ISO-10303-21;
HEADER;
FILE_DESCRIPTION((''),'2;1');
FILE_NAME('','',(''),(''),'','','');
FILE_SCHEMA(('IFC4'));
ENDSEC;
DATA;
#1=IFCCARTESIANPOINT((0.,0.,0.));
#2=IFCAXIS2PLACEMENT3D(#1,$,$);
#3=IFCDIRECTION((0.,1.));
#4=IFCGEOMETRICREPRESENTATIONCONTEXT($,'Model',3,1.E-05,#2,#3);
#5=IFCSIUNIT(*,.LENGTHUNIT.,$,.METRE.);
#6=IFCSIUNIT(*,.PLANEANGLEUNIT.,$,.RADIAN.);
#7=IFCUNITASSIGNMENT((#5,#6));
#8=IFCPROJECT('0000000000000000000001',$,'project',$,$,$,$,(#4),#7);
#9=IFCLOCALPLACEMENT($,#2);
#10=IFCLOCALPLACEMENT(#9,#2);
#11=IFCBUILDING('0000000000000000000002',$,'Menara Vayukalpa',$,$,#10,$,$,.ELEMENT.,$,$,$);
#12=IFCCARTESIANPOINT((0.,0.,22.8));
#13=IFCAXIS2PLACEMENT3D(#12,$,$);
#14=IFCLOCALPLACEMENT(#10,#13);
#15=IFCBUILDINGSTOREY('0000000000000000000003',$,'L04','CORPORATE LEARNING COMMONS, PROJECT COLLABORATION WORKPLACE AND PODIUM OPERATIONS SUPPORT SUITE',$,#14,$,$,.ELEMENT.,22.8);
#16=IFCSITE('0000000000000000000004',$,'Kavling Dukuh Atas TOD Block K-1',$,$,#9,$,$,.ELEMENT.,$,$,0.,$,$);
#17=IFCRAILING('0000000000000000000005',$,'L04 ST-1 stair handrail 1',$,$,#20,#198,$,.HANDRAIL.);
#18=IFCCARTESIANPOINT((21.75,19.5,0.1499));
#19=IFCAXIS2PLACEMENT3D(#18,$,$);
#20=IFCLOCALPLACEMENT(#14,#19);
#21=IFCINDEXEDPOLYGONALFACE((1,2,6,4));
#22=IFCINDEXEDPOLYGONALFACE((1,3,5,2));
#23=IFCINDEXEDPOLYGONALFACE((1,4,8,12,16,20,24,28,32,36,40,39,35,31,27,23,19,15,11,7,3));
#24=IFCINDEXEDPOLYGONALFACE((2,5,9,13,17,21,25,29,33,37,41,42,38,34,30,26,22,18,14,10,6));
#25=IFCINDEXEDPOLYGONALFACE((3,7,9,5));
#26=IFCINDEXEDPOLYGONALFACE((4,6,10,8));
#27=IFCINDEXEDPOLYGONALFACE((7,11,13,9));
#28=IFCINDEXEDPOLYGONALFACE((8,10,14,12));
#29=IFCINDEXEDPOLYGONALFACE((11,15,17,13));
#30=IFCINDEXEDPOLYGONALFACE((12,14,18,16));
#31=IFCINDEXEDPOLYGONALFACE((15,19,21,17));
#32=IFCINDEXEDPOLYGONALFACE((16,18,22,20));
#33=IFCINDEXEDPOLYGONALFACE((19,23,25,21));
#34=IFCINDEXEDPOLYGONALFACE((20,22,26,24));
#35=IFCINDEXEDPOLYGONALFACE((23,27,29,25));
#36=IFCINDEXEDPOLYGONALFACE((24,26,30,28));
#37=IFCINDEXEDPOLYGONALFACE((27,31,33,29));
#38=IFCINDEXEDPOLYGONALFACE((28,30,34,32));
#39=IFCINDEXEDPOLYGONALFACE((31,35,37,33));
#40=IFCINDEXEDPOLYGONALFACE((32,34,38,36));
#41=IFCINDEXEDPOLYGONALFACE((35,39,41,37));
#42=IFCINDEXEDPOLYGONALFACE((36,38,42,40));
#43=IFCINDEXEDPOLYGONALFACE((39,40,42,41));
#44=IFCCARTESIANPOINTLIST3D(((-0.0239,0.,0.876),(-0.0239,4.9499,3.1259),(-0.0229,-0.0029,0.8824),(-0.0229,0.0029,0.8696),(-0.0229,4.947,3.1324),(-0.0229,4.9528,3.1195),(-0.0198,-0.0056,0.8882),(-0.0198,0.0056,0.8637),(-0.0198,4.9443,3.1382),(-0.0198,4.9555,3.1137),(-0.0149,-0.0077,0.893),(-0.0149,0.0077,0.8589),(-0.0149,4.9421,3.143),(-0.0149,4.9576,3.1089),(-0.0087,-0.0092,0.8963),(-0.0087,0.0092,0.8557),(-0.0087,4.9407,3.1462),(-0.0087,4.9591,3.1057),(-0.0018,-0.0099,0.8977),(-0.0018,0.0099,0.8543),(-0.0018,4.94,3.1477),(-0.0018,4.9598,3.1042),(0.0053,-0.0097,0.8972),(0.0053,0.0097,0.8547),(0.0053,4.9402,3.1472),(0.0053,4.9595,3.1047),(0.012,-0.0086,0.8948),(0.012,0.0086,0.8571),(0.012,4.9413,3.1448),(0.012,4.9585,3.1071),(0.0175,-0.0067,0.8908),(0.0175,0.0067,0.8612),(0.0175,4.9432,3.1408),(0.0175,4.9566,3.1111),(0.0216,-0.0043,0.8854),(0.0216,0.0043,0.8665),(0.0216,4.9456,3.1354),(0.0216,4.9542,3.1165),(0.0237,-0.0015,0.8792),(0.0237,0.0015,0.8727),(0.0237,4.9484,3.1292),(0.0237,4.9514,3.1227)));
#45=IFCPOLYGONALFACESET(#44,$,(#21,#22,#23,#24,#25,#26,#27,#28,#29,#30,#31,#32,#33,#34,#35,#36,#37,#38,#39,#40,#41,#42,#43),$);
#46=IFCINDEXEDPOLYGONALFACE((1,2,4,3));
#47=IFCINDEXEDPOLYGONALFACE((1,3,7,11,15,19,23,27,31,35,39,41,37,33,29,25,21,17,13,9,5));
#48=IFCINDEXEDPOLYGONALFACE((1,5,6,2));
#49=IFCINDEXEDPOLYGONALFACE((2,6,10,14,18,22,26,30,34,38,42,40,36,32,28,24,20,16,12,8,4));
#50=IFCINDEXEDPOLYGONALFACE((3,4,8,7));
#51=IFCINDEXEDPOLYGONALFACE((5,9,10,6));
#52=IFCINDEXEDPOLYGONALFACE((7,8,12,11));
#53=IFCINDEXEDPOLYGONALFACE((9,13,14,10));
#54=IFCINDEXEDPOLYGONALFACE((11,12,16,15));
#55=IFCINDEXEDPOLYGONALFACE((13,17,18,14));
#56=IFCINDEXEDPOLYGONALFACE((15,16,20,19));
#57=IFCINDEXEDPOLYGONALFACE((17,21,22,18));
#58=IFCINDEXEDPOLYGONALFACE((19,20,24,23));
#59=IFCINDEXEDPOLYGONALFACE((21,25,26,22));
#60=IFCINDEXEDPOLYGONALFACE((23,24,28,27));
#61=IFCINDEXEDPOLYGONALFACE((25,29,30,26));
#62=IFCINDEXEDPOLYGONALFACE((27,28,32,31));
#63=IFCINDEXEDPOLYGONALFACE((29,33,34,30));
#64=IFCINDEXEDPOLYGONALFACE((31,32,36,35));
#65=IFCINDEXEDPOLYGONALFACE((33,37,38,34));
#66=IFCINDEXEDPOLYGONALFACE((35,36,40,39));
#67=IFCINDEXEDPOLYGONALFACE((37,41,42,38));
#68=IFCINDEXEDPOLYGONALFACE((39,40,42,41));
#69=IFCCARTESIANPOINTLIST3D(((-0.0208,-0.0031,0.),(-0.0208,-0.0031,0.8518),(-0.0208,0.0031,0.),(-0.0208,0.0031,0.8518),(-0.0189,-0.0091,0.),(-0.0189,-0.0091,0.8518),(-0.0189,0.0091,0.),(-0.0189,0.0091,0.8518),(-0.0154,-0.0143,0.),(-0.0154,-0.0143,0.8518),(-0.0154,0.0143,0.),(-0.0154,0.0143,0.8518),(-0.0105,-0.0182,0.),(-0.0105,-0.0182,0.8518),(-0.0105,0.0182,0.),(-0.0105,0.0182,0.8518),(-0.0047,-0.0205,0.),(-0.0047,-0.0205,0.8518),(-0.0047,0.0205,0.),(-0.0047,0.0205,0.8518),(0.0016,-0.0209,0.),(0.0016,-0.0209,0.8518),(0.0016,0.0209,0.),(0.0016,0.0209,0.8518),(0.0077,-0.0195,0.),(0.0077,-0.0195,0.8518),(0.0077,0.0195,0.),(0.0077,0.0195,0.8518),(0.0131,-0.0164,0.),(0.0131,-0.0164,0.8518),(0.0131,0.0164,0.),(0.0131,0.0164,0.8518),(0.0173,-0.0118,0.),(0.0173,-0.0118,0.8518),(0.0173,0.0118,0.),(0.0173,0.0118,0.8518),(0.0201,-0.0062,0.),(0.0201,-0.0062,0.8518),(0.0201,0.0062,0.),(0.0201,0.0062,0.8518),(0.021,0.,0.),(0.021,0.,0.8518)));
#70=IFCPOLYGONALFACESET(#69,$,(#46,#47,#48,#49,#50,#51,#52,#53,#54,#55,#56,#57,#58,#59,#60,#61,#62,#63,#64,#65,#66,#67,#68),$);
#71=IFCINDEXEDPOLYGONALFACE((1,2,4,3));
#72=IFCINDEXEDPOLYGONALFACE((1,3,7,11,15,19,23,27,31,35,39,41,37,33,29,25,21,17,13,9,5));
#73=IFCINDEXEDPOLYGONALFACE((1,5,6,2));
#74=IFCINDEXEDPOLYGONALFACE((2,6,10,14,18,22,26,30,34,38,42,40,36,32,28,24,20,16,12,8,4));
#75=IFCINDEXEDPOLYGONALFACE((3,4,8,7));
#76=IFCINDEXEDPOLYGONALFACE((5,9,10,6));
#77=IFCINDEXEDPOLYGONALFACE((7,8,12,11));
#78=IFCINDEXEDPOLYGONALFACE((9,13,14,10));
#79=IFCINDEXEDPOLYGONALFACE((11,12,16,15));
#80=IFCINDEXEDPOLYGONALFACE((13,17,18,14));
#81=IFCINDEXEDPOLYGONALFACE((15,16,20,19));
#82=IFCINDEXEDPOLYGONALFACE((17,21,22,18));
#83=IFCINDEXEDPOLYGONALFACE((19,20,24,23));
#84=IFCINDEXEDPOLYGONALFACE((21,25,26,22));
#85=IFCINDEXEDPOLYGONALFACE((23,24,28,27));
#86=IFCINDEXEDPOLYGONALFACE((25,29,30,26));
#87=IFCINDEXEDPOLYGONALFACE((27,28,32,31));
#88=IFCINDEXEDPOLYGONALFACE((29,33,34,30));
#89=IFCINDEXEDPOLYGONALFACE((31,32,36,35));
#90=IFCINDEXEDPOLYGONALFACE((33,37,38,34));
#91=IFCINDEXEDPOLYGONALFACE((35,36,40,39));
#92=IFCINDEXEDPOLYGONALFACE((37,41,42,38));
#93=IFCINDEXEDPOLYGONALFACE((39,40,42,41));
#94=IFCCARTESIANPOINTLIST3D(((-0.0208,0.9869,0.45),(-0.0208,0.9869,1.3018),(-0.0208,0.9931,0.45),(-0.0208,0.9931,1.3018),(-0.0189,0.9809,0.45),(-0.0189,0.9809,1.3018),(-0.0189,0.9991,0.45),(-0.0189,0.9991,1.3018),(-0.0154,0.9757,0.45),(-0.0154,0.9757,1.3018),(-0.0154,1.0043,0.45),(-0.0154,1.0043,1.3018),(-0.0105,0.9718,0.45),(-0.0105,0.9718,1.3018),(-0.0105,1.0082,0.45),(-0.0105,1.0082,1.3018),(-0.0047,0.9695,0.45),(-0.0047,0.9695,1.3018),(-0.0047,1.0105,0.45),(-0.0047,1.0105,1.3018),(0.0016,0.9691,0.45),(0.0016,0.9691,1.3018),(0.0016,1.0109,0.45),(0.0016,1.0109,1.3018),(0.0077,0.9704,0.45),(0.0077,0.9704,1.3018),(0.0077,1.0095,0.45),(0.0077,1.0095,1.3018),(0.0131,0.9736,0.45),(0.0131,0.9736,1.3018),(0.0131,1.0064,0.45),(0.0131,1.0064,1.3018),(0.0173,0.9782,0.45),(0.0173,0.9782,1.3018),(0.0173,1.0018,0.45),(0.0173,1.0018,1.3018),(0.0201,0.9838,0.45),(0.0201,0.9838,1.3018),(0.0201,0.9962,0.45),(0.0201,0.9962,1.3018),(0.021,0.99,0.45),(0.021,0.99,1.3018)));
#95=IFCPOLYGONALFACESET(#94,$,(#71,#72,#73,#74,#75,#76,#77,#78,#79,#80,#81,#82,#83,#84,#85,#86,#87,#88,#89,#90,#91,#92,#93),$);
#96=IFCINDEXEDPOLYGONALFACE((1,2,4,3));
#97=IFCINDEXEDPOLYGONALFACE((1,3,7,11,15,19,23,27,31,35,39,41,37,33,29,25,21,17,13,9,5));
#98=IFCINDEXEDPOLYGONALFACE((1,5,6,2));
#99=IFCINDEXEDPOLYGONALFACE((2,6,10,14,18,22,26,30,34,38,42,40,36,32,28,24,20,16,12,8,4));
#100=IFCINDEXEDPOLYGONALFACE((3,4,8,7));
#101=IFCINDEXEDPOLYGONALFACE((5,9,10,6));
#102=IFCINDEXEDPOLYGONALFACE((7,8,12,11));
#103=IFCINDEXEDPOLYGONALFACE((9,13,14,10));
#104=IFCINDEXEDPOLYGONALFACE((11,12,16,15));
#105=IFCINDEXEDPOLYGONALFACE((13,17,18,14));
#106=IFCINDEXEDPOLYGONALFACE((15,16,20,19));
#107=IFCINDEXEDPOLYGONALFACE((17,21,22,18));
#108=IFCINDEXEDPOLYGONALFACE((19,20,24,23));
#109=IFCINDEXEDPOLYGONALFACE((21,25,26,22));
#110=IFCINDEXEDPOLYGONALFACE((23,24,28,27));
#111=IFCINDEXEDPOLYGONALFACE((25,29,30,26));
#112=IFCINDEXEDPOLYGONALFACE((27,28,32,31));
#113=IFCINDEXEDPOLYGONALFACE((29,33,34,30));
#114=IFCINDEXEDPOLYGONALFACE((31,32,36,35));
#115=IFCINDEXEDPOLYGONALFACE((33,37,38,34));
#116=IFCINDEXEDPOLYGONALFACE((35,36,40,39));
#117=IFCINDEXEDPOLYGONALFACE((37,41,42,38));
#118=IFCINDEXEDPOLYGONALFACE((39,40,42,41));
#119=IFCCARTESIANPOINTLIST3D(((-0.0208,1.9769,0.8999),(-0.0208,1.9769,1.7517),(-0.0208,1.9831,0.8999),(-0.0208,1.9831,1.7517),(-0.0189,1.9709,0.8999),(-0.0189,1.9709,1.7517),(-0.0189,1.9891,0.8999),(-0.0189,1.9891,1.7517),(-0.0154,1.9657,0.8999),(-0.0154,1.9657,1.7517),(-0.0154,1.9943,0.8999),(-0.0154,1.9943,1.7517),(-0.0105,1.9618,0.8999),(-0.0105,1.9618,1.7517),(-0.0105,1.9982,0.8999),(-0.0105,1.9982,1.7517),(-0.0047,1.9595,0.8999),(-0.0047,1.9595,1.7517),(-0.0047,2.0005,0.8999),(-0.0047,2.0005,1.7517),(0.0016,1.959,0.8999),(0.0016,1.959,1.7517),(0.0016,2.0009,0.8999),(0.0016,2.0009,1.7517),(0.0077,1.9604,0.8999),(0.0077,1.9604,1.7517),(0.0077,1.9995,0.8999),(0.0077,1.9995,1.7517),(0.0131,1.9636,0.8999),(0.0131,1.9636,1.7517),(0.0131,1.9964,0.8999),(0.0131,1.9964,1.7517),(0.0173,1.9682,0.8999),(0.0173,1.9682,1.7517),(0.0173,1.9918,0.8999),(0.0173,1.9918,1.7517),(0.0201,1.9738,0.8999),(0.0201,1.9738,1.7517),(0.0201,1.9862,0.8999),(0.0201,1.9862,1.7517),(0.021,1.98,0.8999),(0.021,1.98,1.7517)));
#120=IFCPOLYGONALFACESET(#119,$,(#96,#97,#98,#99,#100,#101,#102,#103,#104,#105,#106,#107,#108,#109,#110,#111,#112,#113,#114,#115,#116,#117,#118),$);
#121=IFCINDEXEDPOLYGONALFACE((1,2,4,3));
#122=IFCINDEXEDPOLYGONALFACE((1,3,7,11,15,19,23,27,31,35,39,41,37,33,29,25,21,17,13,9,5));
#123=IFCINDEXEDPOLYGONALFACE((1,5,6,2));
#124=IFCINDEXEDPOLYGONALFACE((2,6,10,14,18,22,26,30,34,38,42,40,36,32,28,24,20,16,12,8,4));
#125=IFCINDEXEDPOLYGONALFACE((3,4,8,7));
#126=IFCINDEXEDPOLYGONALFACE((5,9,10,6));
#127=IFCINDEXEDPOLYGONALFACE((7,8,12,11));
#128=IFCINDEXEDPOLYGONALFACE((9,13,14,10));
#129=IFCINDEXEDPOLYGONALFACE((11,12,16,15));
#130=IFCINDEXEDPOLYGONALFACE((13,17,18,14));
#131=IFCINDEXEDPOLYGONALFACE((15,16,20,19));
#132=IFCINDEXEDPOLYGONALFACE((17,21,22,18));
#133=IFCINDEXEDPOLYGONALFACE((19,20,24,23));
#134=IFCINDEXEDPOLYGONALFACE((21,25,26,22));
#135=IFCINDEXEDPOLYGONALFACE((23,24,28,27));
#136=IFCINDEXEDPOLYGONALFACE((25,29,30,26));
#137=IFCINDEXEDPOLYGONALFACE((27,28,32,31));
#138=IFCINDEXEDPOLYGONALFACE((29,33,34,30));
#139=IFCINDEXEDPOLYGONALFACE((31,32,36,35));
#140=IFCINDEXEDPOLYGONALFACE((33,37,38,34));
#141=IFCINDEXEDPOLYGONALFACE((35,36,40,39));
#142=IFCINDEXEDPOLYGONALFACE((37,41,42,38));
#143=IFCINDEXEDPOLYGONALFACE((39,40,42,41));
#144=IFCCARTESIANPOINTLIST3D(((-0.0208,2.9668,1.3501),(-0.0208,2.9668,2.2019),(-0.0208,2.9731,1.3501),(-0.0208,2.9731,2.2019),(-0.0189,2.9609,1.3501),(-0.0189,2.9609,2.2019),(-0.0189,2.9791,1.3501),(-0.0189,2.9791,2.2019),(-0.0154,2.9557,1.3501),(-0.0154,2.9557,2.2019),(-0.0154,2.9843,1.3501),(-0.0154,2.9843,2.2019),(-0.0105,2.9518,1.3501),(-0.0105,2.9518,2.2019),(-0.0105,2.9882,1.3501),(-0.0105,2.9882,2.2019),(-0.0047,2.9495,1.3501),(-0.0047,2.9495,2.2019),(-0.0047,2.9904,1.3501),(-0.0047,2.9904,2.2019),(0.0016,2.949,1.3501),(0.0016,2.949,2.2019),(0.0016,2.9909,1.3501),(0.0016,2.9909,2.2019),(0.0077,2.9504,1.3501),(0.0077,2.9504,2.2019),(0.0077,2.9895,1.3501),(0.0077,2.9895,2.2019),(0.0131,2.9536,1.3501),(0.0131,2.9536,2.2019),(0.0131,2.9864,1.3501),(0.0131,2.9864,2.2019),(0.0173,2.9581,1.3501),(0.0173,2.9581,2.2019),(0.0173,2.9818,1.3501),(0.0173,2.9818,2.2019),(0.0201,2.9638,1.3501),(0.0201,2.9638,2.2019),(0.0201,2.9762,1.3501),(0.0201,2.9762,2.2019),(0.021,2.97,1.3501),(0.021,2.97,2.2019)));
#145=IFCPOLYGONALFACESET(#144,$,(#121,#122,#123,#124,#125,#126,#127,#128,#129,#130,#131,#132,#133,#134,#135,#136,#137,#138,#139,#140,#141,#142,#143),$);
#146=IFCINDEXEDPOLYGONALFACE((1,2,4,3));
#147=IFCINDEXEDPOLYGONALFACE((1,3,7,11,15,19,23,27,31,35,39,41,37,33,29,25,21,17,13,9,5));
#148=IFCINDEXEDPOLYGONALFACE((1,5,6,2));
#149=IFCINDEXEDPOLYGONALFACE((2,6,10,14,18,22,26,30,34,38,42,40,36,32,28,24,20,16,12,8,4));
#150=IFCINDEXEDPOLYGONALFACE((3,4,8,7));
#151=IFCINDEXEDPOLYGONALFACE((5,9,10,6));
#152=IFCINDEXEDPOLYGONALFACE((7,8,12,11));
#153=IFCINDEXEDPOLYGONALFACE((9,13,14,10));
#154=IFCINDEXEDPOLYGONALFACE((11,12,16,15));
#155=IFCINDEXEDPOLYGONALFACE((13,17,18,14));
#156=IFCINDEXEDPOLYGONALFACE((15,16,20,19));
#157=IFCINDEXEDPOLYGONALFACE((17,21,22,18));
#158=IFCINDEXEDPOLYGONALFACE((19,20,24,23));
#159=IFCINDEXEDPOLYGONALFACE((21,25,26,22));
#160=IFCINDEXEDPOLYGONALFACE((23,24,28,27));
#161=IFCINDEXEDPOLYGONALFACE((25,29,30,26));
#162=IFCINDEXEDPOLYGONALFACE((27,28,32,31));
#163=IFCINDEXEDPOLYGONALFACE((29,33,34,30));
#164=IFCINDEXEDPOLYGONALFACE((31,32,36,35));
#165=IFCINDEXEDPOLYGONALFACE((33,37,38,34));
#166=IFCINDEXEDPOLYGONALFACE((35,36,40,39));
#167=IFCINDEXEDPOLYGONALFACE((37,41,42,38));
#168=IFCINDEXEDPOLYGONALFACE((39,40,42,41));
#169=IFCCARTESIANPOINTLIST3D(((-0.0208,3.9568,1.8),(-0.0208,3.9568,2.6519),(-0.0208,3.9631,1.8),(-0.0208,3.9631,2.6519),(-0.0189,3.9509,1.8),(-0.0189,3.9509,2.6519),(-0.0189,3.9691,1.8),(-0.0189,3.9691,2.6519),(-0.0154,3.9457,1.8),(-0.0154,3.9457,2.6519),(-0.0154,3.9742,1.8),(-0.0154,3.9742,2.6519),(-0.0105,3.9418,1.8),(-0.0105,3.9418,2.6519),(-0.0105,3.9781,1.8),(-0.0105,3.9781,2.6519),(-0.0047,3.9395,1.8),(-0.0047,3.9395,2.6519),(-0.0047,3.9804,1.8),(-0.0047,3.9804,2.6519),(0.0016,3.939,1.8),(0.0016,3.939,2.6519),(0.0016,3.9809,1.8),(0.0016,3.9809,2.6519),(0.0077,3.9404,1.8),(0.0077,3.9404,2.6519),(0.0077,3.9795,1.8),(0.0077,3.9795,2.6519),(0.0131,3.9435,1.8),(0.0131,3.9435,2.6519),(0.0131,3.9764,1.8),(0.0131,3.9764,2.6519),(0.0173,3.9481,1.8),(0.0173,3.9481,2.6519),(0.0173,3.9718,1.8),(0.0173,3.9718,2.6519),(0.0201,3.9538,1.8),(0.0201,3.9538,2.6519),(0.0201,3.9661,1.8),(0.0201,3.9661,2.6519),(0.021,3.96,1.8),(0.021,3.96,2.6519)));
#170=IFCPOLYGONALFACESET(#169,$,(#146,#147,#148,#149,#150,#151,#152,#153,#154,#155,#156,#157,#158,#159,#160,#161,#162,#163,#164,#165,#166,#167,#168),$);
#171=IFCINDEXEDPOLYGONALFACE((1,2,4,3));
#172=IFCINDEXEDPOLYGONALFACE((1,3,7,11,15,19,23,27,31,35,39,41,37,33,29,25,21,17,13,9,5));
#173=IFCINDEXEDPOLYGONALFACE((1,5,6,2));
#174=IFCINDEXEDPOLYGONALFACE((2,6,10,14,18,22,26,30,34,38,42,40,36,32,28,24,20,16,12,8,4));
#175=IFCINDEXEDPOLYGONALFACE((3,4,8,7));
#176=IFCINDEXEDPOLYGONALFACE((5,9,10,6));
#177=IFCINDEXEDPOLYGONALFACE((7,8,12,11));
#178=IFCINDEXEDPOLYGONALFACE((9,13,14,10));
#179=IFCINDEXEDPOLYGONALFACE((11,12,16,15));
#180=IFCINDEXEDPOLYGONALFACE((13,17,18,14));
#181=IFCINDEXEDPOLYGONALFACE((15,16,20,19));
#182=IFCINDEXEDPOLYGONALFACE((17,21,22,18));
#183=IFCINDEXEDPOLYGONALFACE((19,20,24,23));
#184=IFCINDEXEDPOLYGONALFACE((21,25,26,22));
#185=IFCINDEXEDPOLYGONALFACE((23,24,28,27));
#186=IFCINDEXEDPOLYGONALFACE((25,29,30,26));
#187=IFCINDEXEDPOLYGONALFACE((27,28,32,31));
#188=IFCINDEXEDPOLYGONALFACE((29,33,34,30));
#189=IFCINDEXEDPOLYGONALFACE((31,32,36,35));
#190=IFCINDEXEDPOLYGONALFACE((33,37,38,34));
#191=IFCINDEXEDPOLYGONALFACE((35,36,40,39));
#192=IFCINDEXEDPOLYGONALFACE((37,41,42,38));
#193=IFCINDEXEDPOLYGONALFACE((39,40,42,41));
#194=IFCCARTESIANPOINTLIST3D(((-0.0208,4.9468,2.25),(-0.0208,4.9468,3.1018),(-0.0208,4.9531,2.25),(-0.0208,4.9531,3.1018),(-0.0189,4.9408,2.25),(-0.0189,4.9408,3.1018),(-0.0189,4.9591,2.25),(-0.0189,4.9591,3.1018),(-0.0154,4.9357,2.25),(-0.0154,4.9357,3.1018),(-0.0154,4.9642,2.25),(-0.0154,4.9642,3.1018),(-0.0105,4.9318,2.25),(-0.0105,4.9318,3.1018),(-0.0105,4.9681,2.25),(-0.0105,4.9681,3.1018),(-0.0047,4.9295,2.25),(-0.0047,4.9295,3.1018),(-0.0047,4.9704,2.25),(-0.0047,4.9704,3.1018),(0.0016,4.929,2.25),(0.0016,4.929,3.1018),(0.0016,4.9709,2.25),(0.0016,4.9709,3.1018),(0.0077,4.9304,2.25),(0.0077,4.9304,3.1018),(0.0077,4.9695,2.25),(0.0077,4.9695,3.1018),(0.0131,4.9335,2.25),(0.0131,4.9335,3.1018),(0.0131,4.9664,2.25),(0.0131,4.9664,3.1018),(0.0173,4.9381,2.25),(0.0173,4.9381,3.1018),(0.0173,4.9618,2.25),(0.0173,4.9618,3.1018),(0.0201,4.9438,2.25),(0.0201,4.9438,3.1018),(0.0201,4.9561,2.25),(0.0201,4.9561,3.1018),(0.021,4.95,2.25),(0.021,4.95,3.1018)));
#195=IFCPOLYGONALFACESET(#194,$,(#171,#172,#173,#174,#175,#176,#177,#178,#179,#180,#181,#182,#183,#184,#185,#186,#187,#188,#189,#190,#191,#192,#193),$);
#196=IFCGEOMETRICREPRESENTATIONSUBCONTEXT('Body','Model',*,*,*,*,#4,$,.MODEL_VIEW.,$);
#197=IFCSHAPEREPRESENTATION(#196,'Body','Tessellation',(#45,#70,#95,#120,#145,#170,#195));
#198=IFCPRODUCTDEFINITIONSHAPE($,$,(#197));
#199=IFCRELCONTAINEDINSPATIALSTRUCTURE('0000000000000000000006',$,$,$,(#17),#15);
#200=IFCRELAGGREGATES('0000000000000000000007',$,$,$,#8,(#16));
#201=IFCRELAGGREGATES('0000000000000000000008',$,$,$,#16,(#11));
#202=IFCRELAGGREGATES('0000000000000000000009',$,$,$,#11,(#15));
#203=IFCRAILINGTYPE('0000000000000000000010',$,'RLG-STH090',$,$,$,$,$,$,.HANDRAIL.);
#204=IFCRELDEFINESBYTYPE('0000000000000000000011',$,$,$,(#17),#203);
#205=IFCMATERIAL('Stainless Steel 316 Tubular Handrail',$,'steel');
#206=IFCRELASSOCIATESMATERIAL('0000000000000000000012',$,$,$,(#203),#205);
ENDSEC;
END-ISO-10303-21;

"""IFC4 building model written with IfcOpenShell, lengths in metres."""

from ifc_helpers import new_model, si_unit, direction, frame, origin, origin_2d, place, context, subcontext, project, spatial, circle, extrude, material, type_object, element, save


model = new_model("IFC4")

# Units and contexts
model_context = context("Model", 3, precision=1e-05, world=origin(), true_north=direction((0.0, 1.0)))
body_context = subcontext(model_context, "Body", "Model", "MODEL_VIEW")
ifc_project = project(units=[si_unit("LENGTHUNIT", "METRE"), si_unit("PLANEANGLEUNIT", "RADIAN")], contexts=[model_context])

# Site, building, storey
site_placement = place(None, origin())
site = spatial("IfcSite", under=ifc_project, at=site_placement, Name="Kavling Dukuh Atas TOD Block K-1", CompositionType="ELEMENT", RefElevation=0.0)
building_placement = place(site_placement, origin())
building = spatial("IfcBuilding", under=site, at=building_placement, Name="Menara Vayukalpa", CompositionType="ELEMENT")
storey_placement = place(building_placement, frame((0.0, 0.0, 22.8)))
storey = spatial("IfcBuildingStorey", under=building, at=storey_placement, Name="L04", Description="CORPORATE LEARNING COMMONS, PROJECT COLLABORATION WORKPLACE AND PODIUM OPERATIONS SUPPORT SUITE", CompositionType="ELEMENT", Elevation=22.8)

# Railing
ifc_material_1 = material(Name="Stainless Steel 316 Tubular Handrail", Category="steel")
railing_type_1 = type_object("IfcRailingType", Name="RLG-STH090", PredefinedType="HANDRAIL", material=ifc_material_1)
railing_1_placement = place(storey_placement, frame((21.75, 19.5, 0.1499)))
element("IfcRailing", 1, at=railing_1_placement, inside=storey, type_object=railing_type_1, Name="L04 ST-1 stair handrail 1", PredefinedType="HANDRAIL", context=body_context, shape_type="SweptSolid", body=[
    extrude(circle(Radius=0.0239, at=origin_2d()), frame((0.0, 0.0, 0.876), z_axis=(0.0, 0.910365, 0.413806), x_axis=(-1.0, 0.0, 0.0)), (0.0, 0.0, 1.0), 5.4373),
    extrude(circle(Radius=0.021, at=origin_2d()), origin(), (0.0, 0.0, 1.0), 0.8518),
    extrude(circle(Radius=0.021, at=origin_2d()), frame((0.0, 0.99, 0.45)), (0.0, 0.0, 1.0), 0.8518),
    extrude(circle(Radius=0.021, at=origin_2d()), frame((0.0, 1.98, 0.8999)), (0.0, 0.0, 1.0), 0.8518),
    extrude(circle(Radius=0.021, at=origin_2d()), frame((0.0, 2.97, 1.3501)), (0.0, 0.0, 1.0), 0.8518),
    extrude(circle(Radius=0.021, at=origin_2d()), frame((0.0, 3.96, 1.8)), (0.0, 0.0, 1.0), 0.8518),
    extrude(circle(Radius=0.021, at=origin_2d()), frame((0.0, 4.95, 2.25)), (0.0, 0.0, 1.0), 0.8518),
])

save(model, "model.ifc")
